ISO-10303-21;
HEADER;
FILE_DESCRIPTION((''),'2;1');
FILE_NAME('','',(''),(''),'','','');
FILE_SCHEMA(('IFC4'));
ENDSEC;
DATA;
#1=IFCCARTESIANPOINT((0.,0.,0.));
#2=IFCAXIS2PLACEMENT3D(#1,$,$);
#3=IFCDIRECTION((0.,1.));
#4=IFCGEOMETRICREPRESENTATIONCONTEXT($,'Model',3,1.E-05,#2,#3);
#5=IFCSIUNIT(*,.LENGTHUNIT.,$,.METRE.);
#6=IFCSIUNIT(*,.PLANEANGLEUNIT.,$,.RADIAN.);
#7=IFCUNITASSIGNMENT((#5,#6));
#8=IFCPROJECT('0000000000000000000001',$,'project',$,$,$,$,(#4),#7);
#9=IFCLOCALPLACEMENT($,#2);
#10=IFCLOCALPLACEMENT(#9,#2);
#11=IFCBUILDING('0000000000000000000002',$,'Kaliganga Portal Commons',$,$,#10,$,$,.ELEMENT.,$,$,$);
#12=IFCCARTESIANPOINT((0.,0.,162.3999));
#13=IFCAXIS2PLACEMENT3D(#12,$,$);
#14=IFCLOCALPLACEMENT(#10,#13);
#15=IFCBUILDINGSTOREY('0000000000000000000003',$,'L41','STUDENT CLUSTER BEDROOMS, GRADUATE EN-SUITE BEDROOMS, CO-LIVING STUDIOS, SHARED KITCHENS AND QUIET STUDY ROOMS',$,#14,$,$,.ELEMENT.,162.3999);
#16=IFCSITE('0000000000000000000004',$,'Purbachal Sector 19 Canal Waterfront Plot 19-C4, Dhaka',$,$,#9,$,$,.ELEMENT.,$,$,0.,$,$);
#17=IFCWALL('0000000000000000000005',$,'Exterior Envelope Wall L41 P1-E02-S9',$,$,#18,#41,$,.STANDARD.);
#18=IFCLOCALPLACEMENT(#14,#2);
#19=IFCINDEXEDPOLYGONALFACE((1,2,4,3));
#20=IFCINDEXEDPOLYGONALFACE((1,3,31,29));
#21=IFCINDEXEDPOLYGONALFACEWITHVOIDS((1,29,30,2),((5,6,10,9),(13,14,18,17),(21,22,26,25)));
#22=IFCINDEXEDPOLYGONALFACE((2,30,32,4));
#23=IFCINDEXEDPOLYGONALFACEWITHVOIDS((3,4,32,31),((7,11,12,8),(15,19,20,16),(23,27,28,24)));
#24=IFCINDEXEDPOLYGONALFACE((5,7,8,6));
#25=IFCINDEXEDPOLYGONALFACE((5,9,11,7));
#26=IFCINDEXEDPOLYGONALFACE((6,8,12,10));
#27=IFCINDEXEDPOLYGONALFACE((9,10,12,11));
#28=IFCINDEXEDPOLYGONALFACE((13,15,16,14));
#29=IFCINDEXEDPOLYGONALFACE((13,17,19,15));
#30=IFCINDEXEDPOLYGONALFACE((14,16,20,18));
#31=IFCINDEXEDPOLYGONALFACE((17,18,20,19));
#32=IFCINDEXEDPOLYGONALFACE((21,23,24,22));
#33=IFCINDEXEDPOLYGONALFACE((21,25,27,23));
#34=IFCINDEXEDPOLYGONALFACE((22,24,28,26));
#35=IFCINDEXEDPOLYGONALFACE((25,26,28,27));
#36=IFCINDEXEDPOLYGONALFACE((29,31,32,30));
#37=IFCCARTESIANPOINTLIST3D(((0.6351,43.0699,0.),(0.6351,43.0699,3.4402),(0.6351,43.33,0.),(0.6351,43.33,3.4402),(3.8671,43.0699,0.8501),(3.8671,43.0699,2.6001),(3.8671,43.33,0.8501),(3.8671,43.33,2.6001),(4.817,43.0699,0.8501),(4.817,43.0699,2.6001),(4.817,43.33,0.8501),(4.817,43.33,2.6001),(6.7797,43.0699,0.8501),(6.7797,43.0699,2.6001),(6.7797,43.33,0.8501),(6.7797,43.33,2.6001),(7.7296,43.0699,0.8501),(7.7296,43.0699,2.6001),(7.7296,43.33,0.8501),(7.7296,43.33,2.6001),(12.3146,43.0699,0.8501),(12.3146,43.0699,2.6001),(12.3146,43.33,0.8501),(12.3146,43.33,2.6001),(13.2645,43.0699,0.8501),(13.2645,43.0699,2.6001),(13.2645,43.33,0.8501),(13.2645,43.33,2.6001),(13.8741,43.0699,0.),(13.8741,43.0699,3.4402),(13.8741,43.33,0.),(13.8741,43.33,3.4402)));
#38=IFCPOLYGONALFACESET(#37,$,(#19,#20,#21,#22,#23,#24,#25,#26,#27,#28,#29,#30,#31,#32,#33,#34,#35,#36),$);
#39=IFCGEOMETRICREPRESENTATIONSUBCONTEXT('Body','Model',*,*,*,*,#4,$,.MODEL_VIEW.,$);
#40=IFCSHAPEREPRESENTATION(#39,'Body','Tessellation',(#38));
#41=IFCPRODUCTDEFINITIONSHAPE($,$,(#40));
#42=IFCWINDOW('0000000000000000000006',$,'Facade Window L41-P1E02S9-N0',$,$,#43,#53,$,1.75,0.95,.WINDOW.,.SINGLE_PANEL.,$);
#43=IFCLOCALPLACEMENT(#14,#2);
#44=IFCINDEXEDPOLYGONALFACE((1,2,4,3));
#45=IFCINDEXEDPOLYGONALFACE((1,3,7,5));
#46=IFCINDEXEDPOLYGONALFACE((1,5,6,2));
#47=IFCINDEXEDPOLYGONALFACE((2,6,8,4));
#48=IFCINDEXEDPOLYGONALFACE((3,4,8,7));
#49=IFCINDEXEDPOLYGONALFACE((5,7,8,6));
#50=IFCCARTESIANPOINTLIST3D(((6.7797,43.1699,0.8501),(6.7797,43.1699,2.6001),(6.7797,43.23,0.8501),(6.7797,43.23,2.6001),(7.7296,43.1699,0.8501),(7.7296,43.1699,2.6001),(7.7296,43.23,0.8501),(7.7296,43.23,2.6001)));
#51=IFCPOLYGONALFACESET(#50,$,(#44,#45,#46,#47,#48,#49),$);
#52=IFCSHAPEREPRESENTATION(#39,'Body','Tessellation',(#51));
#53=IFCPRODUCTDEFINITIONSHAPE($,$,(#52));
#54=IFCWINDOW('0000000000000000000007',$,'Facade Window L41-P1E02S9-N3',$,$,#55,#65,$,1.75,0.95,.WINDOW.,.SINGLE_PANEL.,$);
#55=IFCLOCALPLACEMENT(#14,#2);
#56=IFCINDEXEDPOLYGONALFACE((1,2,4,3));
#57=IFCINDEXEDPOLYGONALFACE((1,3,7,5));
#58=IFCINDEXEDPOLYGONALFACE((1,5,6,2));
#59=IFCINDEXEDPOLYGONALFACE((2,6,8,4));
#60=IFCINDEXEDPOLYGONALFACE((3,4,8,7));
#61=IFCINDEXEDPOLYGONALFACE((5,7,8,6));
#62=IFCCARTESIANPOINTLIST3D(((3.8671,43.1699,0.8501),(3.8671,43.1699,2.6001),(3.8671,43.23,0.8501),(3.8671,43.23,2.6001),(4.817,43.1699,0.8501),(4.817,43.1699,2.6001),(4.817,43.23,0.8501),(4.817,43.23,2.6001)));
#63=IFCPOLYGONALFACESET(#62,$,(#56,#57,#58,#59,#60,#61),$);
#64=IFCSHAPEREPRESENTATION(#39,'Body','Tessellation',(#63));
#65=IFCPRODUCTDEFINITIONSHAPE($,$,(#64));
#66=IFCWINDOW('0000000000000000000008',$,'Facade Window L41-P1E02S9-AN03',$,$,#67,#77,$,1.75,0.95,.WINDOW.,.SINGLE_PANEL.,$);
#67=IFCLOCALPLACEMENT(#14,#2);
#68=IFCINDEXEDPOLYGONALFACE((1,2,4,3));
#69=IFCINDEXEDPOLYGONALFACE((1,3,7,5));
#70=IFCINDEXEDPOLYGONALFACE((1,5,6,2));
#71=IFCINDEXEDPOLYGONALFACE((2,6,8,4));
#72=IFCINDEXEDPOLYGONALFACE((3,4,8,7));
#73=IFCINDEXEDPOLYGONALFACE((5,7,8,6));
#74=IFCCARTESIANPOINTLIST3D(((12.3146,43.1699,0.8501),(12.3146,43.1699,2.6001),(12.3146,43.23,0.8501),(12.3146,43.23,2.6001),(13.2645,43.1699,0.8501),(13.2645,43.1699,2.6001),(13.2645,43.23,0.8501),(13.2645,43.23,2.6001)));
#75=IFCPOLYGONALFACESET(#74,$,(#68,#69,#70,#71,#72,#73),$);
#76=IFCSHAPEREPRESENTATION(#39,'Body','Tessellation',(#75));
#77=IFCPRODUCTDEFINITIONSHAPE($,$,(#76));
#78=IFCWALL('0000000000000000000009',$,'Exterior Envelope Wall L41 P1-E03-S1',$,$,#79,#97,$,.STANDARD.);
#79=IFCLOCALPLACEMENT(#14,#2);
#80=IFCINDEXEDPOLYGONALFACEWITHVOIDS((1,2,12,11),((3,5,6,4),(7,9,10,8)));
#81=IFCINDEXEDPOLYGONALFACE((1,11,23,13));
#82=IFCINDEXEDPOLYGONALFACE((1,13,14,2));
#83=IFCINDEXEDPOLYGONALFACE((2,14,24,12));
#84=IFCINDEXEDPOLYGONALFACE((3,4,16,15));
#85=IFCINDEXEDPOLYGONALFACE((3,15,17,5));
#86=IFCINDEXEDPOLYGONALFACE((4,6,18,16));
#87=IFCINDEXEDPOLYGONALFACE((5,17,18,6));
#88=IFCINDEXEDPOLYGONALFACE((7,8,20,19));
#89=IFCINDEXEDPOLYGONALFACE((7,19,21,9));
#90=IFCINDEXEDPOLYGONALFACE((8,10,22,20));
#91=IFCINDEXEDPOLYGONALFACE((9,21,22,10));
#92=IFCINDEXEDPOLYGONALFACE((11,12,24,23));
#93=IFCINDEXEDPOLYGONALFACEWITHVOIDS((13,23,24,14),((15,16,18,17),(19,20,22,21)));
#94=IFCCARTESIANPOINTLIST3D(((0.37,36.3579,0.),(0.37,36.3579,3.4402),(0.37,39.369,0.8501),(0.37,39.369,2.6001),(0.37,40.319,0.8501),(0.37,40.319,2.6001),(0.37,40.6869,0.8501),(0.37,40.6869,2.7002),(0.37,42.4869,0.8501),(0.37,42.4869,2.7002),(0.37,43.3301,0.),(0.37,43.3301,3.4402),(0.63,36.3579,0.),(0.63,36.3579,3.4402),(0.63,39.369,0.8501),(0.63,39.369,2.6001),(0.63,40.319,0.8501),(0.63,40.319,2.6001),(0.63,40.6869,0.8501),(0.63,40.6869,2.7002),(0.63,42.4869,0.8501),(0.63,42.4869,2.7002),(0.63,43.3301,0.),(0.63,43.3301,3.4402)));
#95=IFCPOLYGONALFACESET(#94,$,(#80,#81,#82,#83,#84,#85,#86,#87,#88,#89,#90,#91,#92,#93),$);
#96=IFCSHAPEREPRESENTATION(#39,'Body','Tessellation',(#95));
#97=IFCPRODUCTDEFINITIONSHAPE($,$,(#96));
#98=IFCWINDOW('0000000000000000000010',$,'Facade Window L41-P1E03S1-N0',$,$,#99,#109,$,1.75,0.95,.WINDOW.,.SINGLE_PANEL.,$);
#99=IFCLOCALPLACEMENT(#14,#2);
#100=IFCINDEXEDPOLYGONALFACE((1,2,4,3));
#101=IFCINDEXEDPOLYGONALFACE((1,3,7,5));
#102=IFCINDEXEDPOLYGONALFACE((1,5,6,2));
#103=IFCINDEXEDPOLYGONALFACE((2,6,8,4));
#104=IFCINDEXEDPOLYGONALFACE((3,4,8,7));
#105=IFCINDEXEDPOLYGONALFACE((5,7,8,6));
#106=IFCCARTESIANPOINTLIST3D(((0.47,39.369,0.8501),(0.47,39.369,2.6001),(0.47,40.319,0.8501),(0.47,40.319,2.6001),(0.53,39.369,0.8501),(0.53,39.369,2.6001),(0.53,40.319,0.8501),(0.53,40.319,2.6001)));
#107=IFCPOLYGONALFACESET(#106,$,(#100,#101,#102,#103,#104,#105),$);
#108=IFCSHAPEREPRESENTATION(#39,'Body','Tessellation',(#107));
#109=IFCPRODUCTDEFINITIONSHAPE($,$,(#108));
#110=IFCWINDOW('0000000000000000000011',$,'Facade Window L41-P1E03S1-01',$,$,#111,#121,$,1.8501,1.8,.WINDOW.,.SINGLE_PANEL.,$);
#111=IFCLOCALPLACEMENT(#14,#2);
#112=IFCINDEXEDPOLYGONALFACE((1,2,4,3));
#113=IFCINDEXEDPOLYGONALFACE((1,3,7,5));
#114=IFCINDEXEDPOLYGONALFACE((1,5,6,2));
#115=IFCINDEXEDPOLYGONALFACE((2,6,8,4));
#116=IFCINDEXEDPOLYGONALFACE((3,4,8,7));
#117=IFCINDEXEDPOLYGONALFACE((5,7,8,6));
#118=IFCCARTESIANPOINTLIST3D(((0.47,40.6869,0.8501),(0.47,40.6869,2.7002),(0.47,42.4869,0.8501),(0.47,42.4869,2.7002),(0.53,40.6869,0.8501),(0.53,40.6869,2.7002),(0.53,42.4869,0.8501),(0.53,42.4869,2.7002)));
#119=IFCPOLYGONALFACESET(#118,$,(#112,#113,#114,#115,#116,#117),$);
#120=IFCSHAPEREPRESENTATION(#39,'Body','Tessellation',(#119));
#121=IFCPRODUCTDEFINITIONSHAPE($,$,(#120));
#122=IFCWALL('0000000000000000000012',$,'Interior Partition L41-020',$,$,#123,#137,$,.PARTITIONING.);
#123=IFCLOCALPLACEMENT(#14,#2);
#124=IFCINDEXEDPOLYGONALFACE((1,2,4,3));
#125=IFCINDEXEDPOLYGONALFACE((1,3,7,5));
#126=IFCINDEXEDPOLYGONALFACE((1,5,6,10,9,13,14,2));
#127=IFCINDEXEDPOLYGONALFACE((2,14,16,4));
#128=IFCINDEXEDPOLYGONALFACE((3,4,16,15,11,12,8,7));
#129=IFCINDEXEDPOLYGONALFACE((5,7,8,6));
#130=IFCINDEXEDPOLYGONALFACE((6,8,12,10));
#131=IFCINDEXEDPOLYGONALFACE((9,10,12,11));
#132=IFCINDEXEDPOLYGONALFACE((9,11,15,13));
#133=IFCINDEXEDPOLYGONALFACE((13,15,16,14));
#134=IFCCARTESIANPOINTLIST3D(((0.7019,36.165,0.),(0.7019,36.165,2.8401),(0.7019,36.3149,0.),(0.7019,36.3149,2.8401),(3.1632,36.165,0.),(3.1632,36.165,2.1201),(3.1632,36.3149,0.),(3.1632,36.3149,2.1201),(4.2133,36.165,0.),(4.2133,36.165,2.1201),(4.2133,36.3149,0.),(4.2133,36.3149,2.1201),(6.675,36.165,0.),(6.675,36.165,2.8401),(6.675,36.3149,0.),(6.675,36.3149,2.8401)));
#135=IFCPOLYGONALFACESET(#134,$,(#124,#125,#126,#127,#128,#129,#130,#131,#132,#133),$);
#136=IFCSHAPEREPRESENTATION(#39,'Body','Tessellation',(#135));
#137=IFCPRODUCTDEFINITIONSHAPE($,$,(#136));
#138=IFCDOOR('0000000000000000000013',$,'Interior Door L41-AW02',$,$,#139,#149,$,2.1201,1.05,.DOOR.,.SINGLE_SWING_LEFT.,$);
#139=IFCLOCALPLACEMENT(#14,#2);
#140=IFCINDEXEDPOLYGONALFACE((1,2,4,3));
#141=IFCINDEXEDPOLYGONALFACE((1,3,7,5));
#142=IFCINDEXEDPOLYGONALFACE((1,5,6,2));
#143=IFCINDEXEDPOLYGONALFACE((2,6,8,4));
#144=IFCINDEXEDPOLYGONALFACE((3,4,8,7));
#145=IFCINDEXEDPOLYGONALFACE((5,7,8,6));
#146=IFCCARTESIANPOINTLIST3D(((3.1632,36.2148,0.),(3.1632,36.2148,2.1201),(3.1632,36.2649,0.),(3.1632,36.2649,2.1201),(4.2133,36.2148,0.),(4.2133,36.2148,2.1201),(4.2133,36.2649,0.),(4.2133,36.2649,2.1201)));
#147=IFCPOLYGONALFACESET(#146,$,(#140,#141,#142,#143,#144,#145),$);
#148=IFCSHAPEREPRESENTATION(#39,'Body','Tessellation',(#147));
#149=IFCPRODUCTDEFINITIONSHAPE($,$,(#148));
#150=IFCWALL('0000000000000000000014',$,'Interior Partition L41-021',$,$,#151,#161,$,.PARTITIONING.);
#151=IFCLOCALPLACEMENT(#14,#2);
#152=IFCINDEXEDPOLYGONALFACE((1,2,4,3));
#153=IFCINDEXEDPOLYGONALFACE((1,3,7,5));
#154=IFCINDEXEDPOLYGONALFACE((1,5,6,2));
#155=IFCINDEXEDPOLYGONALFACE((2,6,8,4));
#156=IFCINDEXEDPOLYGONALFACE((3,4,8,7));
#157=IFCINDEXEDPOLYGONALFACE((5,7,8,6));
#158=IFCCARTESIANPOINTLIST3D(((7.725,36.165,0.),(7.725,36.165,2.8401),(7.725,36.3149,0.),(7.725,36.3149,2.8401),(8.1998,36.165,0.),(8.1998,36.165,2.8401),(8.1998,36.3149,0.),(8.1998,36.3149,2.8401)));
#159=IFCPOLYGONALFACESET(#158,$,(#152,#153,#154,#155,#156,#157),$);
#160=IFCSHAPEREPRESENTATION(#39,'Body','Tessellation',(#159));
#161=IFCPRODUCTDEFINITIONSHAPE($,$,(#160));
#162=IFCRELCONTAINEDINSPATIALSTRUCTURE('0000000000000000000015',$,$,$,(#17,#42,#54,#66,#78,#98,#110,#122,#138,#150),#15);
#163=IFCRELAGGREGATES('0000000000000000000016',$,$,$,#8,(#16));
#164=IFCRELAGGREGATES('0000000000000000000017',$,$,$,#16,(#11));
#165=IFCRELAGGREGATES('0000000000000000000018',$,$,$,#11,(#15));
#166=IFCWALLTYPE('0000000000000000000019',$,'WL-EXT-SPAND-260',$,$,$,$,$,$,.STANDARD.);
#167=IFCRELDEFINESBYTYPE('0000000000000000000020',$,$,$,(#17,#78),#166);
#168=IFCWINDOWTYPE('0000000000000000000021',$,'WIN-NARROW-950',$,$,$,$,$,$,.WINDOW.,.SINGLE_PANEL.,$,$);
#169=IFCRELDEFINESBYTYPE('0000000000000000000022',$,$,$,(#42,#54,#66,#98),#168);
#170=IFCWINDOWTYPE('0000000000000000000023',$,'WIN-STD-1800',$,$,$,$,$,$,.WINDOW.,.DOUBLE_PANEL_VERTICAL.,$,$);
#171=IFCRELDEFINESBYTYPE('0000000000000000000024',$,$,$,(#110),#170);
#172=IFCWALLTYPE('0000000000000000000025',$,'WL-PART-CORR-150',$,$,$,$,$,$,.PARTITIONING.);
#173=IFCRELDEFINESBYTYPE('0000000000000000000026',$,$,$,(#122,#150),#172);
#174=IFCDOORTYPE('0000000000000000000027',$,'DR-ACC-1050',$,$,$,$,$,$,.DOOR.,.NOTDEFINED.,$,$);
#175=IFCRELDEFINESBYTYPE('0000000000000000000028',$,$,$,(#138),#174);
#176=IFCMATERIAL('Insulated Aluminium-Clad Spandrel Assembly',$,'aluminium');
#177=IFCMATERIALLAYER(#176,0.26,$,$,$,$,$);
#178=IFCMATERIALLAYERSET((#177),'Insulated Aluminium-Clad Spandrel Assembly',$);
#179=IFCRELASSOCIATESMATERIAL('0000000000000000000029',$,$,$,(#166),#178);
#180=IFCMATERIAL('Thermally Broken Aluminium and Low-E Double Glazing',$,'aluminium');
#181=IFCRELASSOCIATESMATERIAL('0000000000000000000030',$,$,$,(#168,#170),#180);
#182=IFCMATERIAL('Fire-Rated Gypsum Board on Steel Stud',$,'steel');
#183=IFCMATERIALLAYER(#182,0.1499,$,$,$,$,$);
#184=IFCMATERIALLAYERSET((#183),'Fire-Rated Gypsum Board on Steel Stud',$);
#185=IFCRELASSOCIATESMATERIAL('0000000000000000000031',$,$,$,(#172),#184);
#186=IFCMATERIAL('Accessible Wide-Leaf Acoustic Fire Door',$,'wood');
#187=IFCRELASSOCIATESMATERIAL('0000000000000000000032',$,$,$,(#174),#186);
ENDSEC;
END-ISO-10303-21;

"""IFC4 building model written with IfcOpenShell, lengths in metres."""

from ifc_helpers import new_model, si_unit, direction, frame, frame_2d, origin, place, context, subcontext, project, spatial, rectangle, extrude, material, layer, layer_set, type_object, element, fill, save


model = new_model("IFC4")

# Units and contexts
model_context = context("Model", 3, precision=1e-05, world=origin(), true_north=direction((0.0, 1.0)))
body_context = subcontext(model_context, "Body", "Model", "MODEL_VIEW")
ifc_project = project(units=[si_unit("LENGTHUNIT", "METRE"), si_unit("PLANEANGLEUNIT", "RADIAN")], contexts=[model_context])

# Site, building, storey
site_placement = place(None, origin())
site = spatial("IfcSite", under=ifc_project, at=site_placement, Name="Purbachal Sector 19 Canal Waterfront Plot 19-C4, Dhaka", CompositionType="ELEMENT", RefElevation=0.0)
building_placement = place(site_placement, origin())
building = spatial("IfcBuilding", under=site, at=building_placement, Name="Kaliganga Portal Commons", CompositionType="ELEMENT")
storey_placement = place(building_placement, frame((0.0, 0.0, 162.3999)))
storey = spatial("IfcBuildingStorey", under=building, at=storey_placement, Name="L41", Description="STUDENT CLUSTER BEDROOMS, GRADUATE EN-SUITE BEDROOMS, CO-LIVING STUDIOS, SHARED KITCHENS AND QUIET STUDY ROOMS", CompositionType="ELEMENT", Elevation=162.3999)

# Walls, openings, windows
ifc_material_1 = material(Name="Insulated Aluminium-Clad Spandrel Assembly", Category="aluminium")
ifc_layer_1 = layer(ifc_material_1, 0.26)
ifc_layer_set_1 = layer_set([ifc_layer_1], Name="Insulated Aluminium-Clad Spandrel Assembly")
wall_type_1 = type_object("IfcWallType", Name="WL-EXT-SPAND-260", PredefinedType="STANDARD", material=ifc_layer_set_1)
wall_1_placement = place(storey_placement, frame((0.635, 43.2, 0.0), z_axis=(0.0, 0.0, 1.0), x_axis=(1.0, 0.0, 0.0)))
wall_1 = element("IfcWall", 1, at=wall_1_placement, inside=storey, type_object=wall_type_1, Name="Exterior Envelope Wall L41 P1-E02-S9", PredefinedType="STANDARD", context=body_context, shape_type="SweptSolid", body=[
    extrude(rectangle(XDim=13.239, YDim=0.26, at=frame_2d((6.6196, 0.0))), origin(), (0.0, 0.0, 1.0), 3.4402),
])
opening_1_placement = place(wall_1_placement, frame((6.1445, 0.0, 0.8501)))
opening_1 = element("IfcOpeningElement", 2, at=opening_1_placement, cuts=wall_1, PredefinedType="OPENING", context=body_context, shape_type="SweptSolid", body=[
    extrude(rectangle(XDim=0.95, YDim=1.75, at=frame_2d((0.4751, 0.875))), frame((0.0, 0.1401, 0.0), z_axis=(0.0, -1.0, 0.0), x_axis=(1.0, 0.0, 0.0)), (0.0, 0.0, 1.0), 0.28),
])
opening_2_placement = place(wall_1_placement, frame((3.2319, 0.0, 0.8501)))
opening_2 = element("IfcOpeningElement", 3, at=opening_2_placement, cuts=wall_1, PredefinedType="OPENING", context=body_context, shape_type="SweptSolid", body=[
    extrude(rectangle(XDim=0.95, YDim=1.75, at=frame_2d((0.4751, 0.875))), frame((0.0, 0.1401, 0.0), z_axis=(0.0, -1.0, 0.0), x_axis=(1.0, 0.0, 0.0)), (0.0, 0.0, 1.0), 0.28),
])
opening_3_placement = place(wall_1_placement, frame((11.6794, 0.0, 0.8501)))
opening_3 = element("IfcOpeningElement", 4, at=opening_3_placement, cuts=wall_1, PredefinedType="OPENING", context=body_context, shape_type="SweptSolid", body=[
    extrude(rectangle(XDim=0.95, YDim=1.75, at=frame_2d((0.4751, 0.875))), frame((0.0, 0.1401, 0.0), z_axis=(0.0, -1.0, 0.0), x_axis=(1.0, 0.0, 0.0)), (0.0, 0.0, 1.0), 0.28),
])
ifc_material_2 = material(Name="Thermally Broken Aluminium and Low-E Double Glazing", Category="aluminium")
window_type_1 = type_object("IfcWindowType", Name="WIN-NARROW-950", PartitioningType="SINGLE_PANEL", PredefinedType="WINDOW", material=ifc_material_2)
window_1_placement = place(opening_1_placement, origin())
window_1 = element("IfcWindow", 5, at=window_1_placement, inside=storey, type_object=window_type_1, Name="Facade Window L41-P1E02S9-N0", OverallHeight=1.75, OverallWidth=0.95, PartitioningType="SINGLE_PANEL", PredefinedType="WINDOW", context=body_context, shape_type="SweptSolid", body=[
    extrude(rectangle(XDim=0.95, YDim=1.75, at=frame_2d((0.4751, 0.875))), frame((0.0, 0.03, 0.0), z_axis=(0.0, -1.0, 0.0), x_axis=(1.0, 0.0, 0.0)), (0.0, 0.0, 1.0), 0.0601),
])
fill(opening_1, window_1)
window_2_placement = place(opening_2_placement, origin())
window_2 = element("IfcWindow", 6, at=window_2_placement, inside=storey, type_object=window_type_1, Name="Facade Window L41-P1E02S9-N3", OverallHeight=1.75, OverallWidth=0.95, PartitioningType="SINGLE_PANEL", PredefinedType="WINDOW", context=body_context, shape_type="SweptSolid", body=[
    extrude(rectangle(XDim=0.95, YDim=1.75, at=frame_2d((0.4751, 0.875))), frame((0.0, 0.03, 0.0), z_axis=(0.0, -1.0, 0.0), x_axis=(1.0, 0.0, 0.0)), (0.0, 0.0, 1.0), 0.0601),
])
fill(opening_2, window_2)
window_3_placement = place(opening_3_placement, origin())
window_3 = element("IfcWindow", 7, at=window_3_placement, inside=storey, type_object=window_type_1, Name="Facade Window L41-P1E02S9-AN03", OverallHeight=1.75, OverallWidth=0.95, PartitioningType="SINGLE_PANEL", PredefinedType="WINDOW", context=body_context, shape_type="SweptSolid", body=[
    extrude(rectangle(XDim=0.95, YDim=1.75, at=frame_2d((0.4751, 0.875))), frame((0.0, 0.03, 0.0), z_axis=(0.0, -1.0, 0.0), x_axis=(1.0, 0.0, 0.0)), (0.0, 0.0, 1.0), 0.0601),
])
fill(opening_3, window_3)
wall_2_placement = place(storey_placement, frame((0.5, 36.3579, 0.0), z_axis=(0.0, 0.0, 1.0), x_axis=(0.0, 1.0, 0.0)))
wall_2 = element("IfcWall", 8, at=wall_2_placement, inside=storey, type_object=wall_type_1, Name="Exterior Envelope Wall L41 P1-E03-S1", PredefinedType="STANDARD", context=body_context, shape_type="SweptSolid", body=[
    extrude(rectangle(XDim=6.9722, YDim=0.26, at=frame_2d((3.4861, 0.0))), origin(), (0.0, 0.0, 1.0), 3.4402),
])
opening_4_placement = place(wall_2_placement, frame((4.3291, 0.0, 0.8501)))
opening_4 = element("IfcOpeningElement", 9, at=opening_4_placement, cuts=wall_2, PredefinedType="OPENING", context=body_context, shape_type="SweptSolid", body=[
    extrude(rectangle(XDim=1.8, YDim=1.8501, at=frame_2d((0.8999, 0.925))), frame((0.0, 0.1401, 0.0), z_axis=(0.0, -1.0, 0.0), x_axis=(1.0, 0.0, 0.0)), (0.0, 0.0, 1.0), 0.28),
])
opening_5_placement = place(wall_2_placement, frame((3.011, 0.0, 0.8501)))
opening_5 = element("IfcOpeningElement", 10, at=opening_5_placement, cuts=wall_2, PredefinedType="OPENING", context=body_context, shape_type="SweptSolid", body=[
    extrude(rectangle(XDim=0.95, YDim=1.75, at=frame_2d((0.4751, 0.875))), frame((0.0, 0.1401, 0.0), z_axis=(0.0, -1.0, 0.0), x_axis=(1.0, 0.0, 0.0)), (0.0, 0.0, 1.0), 0.28),
])
window_4_placement = place(opening_5_placement, origin())
window_4 = element("IfcWindow", 11, at=window_4_placement, inside=storey, type_object=window_type_1, Name="Facade Window L41-P1E03S1-N0", OverallHeight=1.75, OverallWidth=0.95, PartitioningType="SINGLE_PANEL", PredefinedType="WINDOW", context=body_context, shape_type="SweptSolid", body=[
    extrude(rectangle(XDim=0.95, YDim=1.75, at=frame_2d((0.4751, 0.875))), frame((0.0, 0.03, 0.0), z_axis=(0.0, -1.0, 0.0), x_axis=(1.0, 0.0, 0.0)), (0.0, 0.0, 1.0), 0.0601),
])
fill(opening_5, window_4)
window_type_2 = type_object("IfcWindowType", Name="WIN-STD-1800", PartitioningType="DOUBLE_PANEL_VERTICAL", PredefinedType="WINDOW", material=ifc_material_2)
window_5_placement = place(opening_4_placement, origin())
window_5 = element("IfcWindow", 12, at=window_5_placement, inside=storey, type_object=window_type_2, Name="Facade Window L41-P1E03S1-01", OverallHeight=1.8501, OverallWidth=1.8, PartitioningType="SINGLE_PANEL", PredefinedType="WINDOW", context=body_context, shape_type="SweptSolid", body=[
    extrude(rectangle(XDim=1.8, YDim=1.8501, at=frame_2d((0.8999, 0.925))), frame((0.0, 0.03, 0.0), z_axis=(0.0, -1.0, 0.0), x_axis=(1.0, 0.0, 0.0)), (0.0, 0.0, 1.0), 0.0601),
])
fill(opening_4, window_5)

# Wall, opening, door
ifc_material_3 = material(Name="Fire-Rated Gypsum Board on Steel Stud", Category="steel")
ifc_layer_2 = layer(ifc_material_3, 0.1499)
ifc_layer_set_2 = layer_set([ifc_layer_2], Name="Fire-Rated Gypsum Board on Steel Stud")
wall_type_2 = type_object("IfcWallType", Name="WL-PART-CORR-150", PredefinedType="PARTITIONING", material=ifc_layer_set_2)
wall_3_placement = place(storey_placement, frame((0.7019, 36.24, 0.0), z_axis=(0.0, 0.0, 1.0), x_axis=(1.0, 0.0, 0.0)))
wall_3 = element("IfcWall", 13, at=wall_3_placement, inside=storey, type_object=wall_type_2, Name="Interior Partition L41-020", PredefinedType="PARTITIONING", context=body_context, shape_type="SweptSolid", body=[
    extrude(rectangle(XDim=5.9731, YDim=0.1499, at=frame_2d((2.9866, 0.0))), origin(), (0.0, 0.0, 1.0), 2.8401),
])
opening_6_placement = place(wall_3_placement, frame((2.4614, 0.0, 0.0)))
opening_6 = element("IfcOpeningElement", 14, at=opening_6_placement, cuts=wall_3, PredefinedType="OPENING", context=body_context, shape_type="SweptSolid", body=[
    extrude(rectangle(XDim=1.05, YDim=2.1201, at=frame_2d((0.5249, 1.0601))), frame((0.0, 0.085, 0.0), z_axis=(0.0, -1.0, 0.0), x_axis=(1.0, 0.0, 0.0)), (0.0, 0.0, 1.0), 0.1699),
])
ifc_material_4 = material(Name="Accessible Wide-Leaf Acoustic Fire Door", Category="wood")
door_type_1 = type_object("IfcDoorType", Name="DR-ACC-1050", OperationType="NOTDEFINED", PredefinedType="DOOR", material=ifc_material_4)
door_1_placement = place(opening_6_placement, origin())
door_1 = element("IfcDoor", 15, at=door_1_placement, inside=storey, type_object=door_type_1, Name="Interior Door L41-AW02", OperationType="SINGLE_SWING_LEFT", OverallHeight=2.1201, OverallWidth=1.05, PredefinedType="DOOR", context=body_context, shape_type="SweptSolid", body=[
    extrude(rectangle(XDim=1.05, YDim=2.1201, at=frame_2d((0.5249, 1.0601))), frame((0.0, 0.0249, 0.0), z_axis=(0.0, -1.0, 0.0), x_axis=(1.0, 0.0, 0.0)), (0.0, 0.0, 1.0), 0.05),
])
fill(opening_6, door_1)

# Wall
wall_4_placement = place(storey_placement, frame((7.7251, 36.24, 0.0), z_axis=(0.0, 0.0, 1.0), x_axis=(1.0, 0.0, 0.0)))
element("IfcWall", 16, at=wall_4_placement, inside=storey, type_object=wall_type_2, Name="Interior Partition L41-021", PredefinedType="PARTITIONING", context=body_context, shape_type="SweptSolid", body=[
    extrude(rectangle(XDim=0.4749, YDim=0.1499, at=frame_2d((0.2373, 0.0))), origin(), (0.0, 0.0, 1.0), 2.8401),
])

save(model, "model.ifc")
